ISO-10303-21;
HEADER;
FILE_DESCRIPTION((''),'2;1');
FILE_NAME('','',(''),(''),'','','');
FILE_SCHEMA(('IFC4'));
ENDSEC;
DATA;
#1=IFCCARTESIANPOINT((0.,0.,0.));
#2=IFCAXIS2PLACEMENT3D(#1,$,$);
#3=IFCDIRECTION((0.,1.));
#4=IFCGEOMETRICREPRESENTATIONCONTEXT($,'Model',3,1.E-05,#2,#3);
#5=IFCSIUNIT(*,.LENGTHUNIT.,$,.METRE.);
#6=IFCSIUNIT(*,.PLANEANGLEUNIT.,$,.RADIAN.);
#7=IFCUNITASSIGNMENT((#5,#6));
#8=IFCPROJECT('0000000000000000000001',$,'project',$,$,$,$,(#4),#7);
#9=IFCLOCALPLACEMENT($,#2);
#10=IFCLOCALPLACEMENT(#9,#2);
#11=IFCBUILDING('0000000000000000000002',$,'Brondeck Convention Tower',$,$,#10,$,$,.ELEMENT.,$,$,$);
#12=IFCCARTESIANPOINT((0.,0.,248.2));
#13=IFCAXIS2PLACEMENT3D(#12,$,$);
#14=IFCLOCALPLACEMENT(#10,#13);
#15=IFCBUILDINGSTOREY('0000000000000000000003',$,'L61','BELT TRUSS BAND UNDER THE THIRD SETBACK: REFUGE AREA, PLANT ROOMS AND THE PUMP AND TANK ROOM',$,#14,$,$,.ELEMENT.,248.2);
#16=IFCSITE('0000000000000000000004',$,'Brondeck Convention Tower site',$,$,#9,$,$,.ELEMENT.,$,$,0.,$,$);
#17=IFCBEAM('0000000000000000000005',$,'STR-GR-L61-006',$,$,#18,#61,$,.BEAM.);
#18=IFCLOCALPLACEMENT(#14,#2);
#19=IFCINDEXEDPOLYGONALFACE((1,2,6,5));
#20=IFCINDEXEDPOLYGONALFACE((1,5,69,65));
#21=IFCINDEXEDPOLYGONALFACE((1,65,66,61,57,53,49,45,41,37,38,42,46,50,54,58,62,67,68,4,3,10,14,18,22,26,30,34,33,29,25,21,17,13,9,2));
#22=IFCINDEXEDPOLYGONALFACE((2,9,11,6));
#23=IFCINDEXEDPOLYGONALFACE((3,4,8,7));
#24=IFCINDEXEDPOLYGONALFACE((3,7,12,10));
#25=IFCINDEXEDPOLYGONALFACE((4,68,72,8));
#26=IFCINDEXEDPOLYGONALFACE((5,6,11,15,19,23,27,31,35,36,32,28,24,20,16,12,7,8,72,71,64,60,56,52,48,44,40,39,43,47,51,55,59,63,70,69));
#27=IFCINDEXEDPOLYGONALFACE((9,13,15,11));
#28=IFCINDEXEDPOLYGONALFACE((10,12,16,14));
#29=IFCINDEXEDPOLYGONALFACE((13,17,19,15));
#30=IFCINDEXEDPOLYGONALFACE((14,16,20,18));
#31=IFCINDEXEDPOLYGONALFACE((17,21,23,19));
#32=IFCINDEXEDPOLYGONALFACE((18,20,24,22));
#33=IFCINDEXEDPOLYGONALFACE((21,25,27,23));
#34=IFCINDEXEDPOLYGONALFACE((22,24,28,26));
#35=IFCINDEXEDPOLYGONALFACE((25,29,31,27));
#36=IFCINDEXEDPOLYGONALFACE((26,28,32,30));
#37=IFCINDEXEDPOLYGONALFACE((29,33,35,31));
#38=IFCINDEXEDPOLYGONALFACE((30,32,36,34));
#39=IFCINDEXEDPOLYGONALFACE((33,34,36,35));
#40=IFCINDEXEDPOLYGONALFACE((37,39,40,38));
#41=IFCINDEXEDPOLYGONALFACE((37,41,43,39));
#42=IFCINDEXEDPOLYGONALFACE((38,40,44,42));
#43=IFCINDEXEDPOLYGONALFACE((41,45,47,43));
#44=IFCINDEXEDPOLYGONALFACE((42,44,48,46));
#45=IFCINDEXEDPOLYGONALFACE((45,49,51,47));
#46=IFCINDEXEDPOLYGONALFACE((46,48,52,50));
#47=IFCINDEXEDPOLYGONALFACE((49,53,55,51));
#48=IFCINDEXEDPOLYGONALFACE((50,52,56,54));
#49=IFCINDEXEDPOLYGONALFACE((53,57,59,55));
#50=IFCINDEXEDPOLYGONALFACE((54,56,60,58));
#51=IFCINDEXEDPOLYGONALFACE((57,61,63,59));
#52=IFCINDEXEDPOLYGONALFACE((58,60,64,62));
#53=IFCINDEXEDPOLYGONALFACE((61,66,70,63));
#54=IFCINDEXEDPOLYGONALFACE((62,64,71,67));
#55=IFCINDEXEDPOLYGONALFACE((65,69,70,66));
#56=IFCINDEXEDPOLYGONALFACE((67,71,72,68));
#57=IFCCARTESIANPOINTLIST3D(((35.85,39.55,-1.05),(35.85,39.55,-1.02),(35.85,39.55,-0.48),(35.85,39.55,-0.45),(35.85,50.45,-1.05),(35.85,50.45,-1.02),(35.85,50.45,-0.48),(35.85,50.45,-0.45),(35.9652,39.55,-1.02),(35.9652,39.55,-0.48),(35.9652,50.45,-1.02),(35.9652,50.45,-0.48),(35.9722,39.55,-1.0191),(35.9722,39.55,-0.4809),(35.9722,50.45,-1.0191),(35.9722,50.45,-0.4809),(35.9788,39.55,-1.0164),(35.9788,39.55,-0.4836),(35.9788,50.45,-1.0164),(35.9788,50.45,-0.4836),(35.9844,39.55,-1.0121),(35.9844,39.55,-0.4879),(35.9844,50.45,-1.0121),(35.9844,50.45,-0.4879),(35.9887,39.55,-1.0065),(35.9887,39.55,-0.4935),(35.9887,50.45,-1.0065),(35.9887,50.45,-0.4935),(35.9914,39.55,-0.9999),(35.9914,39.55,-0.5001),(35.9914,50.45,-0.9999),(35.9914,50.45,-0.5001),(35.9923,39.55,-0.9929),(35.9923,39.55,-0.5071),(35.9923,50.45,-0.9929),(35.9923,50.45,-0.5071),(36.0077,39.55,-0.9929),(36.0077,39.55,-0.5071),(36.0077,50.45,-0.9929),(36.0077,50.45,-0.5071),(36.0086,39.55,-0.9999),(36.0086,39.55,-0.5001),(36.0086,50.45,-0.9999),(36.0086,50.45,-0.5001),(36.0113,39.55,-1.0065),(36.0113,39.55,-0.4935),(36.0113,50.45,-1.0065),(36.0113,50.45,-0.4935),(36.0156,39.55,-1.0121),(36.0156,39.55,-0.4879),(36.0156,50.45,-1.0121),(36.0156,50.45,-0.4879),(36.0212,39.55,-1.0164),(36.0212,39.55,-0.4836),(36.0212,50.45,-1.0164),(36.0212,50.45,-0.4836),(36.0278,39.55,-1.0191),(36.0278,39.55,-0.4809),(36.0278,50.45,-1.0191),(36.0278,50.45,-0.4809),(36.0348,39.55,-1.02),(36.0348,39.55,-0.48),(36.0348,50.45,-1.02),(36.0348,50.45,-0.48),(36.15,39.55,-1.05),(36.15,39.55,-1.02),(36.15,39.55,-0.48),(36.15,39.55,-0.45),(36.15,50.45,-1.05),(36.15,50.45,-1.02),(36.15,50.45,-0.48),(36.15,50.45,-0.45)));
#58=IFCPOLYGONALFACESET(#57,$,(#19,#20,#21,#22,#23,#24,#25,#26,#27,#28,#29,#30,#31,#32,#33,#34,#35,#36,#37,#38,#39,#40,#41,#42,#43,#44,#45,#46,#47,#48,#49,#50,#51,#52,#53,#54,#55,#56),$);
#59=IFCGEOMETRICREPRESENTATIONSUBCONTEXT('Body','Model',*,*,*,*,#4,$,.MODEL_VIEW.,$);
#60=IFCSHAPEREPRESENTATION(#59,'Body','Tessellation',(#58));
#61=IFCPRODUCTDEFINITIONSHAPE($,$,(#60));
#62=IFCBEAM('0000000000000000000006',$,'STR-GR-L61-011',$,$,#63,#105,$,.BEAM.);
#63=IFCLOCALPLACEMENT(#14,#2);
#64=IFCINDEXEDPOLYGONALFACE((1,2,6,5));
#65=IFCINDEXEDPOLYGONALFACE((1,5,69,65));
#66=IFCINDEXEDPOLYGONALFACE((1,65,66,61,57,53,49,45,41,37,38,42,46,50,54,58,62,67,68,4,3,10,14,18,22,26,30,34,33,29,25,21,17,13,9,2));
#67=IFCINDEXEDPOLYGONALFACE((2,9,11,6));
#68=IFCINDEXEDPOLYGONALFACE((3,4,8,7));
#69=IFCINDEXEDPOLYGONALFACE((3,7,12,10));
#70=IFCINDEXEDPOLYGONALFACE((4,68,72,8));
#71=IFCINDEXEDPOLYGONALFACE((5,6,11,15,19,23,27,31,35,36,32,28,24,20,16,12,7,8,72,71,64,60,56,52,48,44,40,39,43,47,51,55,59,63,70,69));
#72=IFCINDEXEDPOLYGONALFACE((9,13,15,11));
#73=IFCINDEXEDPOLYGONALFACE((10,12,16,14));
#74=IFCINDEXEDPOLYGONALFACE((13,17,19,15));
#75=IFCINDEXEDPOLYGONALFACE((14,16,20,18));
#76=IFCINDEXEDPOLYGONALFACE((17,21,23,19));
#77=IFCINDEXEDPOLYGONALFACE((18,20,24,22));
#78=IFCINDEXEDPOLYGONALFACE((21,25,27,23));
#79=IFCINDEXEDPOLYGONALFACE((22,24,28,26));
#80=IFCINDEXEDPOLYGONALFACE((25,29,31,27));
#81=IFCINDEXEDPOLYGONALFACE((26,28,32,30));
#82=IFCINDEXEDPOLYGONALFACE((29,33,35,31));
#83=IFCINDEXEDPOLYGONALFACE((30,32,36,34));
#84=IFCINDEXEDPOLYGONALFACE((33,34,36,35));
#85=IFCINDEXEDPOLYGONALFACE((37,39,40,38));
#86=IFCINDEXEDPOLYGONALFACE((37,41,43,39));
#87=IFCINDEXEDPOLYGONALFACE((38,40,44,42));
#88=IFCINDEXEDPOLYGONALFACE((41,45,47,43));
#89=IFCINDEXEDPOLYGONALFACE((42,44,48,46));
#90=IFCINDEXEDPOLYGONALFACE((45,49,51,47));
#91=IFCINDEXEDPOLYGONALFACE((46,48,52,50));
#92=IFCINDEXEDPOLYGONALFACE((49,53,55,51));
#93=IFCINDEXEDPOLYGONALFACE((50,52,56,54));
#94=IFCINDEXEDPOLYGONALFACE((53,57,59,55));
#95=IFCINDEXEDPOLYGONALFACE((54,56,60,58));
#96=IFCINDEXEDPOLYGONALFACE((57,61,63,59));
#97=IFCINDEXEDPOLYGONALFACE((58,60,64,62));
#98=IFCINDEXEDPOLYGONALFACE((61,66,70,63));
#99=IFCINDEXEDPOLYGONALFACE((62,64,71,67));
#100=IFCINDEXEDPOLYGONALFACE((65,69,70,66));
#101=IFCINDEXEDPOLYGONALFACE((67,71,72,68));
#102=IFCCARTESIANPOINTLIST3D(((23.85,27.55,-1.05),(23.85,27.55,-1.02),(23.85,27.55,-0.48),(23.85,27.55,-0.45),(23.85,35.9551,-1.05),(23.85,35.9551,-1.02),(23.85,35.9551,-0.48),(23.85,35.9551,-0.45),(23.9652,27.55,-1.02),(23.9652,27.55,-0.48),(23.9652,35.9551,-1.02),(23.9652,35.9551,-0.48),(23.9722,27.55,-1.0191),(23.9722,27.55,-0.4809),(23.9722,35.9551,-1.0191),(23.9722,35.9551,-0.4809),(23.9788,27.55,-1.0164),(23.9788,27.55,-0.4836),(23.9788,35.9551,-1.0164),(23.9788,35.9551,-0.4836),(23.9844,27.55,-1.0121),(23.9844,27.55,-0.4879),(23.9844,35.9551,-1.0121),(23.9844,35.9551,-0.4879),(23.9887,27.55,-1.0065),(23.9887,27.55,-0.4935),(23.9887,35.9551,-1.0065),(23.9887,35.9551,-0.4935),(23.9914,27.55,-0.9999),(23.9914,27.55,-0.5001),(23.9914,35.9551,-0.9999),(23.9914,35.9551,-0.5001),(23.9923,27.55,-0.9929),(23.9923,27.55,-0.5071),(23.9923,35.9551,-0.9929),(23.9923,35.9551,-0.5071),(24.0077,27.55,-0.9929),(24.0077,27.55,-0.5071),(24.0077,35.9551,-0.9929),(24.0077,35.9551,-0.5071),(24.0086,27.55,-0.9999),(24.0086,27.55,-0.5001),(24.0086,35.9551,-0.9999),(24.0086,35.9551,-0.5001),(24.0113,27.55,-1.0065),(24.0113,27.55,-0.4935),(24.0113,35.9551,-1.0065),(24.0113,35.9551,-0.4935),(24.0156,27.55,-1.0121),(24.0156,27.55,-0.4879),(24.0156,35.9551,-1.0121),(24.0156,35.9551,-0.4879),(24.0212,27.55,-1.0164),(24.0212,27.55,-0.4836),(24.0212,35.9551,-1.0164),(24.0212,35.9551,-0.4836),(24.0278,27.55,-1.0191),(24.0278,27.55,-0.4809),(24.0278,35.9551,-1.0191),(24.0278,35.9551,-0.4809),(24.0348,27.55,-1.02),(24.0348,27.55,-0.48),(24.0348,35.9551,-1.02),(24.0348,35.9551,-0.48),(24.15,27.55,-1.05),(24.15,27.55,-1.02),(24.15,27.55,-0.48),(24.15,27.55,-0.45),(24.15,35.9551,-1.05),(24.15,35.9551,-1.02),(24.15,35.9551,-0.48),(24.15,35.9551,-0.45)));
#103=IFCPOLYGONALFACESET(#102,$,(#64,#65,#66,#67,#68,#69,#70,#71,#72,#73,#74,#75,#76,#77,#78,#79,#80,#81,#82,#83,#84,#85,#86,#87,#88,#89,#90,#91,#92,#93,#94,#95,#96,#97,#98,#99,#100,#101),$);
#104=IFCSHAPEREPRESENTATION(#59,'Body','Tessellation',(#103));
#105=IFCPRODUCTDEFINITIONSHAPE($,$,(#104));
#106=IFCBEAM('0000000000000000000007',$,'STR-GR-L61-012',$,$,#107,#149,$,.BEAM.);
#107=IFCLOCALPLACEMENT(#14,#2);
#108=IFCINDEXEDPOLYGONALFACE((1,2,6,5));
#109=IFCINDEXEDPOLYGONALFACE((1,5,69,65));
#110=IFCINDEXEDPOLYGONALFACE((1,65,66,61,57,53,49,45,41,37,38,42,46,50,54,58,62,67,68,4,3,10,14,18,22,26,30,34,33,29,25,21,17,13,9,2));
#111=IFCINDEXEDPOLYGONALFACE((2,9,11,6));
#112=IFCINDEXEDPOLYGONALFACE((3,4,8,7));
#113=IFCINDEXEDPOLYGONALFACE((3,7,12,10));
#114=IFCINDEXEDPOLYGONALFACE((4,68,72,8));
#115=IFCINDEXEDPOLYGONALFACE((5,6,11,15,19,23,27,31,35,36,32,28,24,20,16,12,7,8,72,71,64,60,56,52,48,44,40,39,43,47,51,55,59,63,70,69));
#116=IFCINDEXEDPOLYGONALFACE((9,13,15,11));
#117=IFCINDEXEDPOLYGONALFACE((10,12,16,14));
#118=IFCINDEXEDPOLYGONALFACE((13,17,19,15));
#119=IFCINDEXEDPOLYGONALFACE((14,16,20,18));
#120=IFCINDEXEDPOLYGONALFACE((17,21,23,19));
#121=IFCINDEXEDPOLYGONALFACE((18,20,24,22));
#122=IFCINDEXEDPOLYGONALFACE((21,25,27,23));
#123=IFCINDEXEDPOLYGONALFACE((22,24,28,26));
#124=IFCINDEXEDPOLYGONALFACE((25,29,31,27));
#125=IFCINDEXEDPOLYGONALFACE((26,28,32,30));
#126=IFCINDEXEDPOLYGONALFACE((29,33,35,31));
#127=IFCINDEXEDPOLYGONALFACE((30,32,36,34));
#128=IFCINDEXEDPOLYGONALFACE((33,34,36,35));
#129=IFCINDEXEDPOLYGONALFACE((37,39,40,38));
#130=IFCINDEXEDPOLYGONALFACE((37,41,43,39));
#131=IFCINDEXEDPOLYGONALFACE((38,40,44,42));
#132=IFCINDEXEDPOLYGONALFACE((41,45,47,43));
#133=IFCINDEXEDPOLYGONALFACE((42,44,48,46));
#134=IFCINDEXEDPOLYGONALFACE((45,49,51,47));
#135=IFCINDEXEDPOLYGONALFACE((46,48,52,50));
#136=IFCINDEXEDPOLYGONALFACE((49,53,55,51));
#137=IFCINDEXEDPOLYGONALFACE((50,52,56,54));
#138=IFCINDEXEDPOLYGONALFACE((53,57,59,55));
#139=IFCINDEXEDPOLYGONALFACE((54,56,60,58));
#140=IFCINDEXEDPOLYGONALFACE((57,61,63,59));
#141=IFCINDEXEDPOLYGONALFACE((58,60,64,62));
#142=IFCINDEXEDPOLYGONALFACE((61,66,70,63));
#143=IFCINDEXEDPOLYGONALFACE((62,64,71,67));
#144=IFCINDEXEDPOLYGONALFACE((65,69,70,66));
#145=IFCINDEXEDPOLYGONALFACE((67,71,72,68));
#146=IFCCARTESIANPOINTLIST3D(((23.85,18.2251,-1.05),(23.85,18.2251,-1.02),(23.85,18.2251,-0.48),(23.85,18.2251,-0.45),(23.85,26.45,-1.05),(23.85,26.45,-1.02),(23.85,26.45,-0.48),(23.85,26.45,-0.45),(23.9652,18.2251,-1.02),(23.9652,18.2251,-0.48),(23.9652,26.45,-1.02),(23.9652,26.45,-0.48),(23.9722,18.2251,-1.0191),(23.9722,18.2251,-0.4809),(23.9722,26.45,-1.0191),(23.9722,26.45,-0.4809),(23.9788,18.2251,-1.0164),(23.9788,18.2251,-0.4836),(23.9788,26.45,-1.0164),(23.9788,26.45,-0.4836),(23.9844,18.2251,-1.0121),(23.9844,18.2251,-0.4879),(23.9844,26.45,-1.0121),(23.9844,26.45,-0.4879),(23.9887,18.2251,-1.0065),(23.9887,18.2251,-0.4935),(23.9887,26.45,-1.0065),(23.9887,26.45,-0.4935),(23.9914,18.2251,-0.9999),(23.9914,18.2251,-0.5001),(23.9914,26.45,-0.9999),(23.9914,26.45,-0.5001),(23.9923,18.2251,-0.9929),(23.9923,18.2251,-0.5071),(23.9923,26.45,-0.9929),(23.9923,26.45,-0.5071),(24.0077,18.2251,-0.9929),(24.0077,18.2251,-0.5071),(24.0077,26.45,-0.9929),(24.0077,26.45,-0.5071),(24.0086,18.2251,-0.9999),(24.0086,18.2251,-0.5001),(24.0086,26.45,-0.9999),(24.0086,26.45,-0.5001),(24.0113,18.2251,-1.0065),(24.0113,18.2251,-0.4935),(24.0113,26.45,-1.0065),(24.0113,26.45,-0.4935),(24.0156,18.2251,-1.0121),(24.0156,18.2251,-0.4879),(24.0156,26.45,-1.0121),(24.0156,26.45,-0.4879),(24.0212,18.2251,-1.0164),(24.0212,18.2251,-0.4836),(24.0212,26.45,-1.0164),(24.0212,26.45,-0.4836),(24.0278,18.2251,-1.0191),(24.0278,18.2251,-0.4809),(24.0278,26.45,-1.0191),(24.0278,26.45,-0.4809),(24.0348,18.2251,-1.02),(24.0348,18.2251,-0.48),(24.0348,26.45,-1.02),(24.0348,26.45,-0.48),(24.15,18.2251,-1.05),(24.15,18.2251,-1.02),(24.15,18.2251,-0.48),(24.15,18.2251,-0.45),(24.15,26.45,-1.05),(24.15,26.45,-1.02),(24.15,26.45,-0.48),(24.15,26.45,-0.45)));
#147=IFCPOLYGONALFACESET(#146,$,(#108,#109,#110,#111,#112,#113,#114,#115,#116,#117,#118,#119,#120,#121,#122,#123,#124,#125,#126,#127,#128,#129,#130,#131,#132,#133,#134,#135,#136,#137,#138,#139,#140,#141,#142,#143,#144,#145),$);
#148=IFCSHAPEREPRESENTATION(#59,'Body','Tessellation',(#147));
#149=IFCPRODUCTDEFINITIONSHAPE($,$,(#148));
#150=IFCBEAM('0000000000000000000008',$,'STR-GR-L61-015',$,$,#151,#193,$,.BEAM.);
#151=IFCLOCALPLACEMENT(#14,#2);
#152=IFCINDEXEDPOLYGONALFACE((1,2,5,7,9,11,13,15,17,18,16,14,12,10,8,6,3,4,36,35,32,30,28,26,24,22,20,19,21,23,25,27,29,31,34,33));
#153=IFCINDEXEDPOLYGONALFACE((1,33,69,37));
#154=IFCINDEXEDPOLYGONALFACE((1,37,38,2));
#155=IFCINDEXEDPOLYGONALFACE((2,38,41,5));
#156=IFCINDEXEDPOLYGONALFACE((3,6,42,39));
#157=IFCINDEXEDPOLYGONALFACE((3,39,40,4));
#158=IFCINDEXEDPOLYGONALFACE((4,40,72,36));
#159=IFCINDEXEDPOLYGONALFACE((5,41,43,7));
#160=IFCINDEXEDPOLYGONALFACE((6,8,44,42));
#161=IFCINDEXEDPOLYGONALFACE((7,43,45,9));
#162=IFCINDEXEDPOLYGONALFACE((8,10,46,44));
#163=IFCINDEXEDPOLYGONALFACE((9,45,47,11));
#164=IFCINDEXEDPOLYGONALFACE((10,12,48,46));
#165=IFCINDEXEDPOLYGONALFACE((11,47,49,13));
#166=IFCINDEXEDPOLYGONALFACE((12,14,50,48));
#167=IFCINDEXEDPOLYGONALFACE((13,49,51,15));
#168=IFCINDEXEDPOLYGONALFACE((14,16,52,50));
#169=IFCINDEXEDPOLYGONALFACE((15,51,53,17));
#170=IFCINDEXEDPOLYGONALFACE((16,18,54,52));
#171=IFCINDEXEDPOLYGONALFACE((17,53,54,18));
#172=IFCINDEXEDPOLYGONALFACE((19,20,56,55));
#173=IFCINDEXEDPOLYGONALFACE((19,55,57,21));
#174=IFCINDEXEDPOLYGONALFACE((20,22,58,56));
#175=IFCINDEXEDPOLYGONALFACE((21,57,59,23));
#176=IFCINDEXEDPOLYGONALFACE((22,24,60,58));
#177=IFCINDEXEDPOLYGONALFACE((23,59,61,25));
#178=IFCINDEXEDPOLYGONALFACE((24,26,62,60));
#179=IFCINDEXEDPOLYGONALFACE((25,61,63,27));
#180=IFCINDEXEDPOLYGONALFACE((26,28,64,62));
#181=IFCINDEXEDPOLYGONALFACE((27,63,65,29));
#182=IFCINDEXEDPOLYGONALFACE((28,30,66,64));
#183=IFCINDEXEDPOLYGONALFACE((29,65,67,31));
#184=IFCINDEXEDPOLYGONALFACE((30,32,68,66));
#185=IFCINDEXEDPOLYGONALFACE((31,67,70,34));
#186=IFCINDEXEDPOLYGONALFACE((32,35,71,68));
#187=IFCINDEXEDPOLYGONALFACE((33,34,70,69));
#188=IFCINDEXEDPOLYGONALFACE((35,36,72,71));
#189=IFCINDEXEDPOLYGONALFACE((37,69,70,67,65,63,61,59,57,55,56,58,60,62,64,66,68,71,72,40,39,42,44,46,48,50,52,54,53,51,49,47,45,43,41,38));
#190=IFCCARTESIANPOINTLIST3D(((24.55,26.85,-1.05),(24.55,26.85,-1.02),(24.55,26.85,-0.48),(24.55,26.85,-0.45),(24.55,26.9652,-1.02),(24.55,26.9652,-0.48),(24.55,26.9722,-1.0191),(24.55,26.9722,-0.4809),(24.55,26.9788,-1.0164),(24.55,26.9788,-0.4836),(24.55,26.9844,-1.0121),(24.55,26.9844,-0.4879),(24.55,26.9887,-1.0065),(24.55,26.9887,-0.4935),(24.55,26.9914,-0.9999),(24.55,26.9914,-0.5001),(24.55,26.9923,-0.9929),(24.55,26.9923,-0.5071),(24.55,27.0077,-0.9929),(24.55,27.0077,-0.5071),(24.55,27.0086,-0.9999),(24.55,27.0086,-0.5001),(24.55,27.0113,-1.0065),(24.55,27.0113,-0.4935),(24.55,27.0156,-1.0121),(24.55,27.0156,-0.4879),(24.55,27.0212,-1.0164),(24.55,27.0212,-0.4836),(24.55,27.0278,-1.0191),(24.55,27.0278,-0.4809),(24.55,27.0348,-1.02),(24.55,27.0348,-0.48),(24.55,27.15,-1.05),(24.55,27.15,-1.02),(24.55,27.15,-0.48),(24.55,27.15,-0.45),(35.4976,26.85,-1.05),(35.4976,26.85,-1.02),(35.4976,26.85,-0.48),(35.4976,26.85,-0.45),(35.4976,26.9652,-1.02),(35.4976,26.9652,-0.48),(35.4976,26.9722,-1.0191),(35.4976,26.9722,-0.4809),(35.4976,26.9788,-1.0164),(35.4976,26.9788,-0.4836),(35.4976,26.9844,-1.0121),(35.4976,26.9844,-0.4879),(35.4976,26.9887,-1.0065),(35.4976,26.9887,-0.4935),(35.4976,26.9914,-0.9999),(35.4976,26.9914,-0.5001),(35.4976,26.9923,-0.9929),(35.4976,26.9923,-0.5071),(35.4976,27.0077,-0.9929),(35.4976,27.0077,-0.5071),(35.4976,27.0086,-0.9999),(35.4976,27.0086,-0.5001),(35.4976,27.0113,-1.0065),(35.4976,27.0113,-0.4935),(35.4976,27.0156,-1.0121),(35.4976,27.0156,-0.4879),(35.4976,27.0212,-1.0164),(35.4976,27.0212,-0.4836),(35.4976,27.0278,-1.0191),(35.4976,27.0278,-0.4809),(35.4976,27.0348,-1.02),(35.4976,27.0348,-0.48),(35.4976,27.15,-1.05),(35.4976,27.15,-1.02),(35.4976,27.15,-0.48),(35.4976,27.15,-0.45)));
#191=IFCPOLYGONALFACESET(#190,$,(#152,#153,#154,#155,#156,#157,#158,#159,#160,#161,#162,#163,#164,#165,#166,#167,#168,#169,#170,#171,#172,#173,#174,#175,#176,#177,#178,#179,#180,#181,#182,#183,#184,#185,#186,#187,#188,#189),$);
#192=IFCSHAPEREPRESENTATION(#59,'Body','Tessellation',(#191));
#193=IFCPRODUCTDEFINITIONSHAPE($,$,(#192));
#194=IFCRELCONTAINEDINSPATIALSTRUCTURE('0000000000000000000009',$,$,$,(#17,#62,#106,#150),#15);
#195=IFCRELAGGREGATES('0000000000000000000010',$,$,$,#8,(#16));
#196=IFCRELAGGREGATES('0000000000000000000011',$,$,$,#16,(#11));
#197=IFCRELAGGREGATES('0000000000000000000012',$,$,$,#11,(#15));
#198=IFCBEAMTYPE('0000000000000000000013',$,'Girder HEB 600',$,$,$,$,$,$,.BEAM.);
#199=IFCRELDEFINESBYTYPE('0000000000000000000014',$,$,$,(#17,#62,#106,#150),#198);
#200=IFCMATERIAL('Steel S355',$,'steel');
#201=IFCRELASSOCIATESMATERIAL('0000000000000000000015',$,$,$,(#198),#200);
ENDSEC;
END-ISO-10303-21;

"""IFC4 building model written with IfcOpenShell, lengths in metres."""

from ifc_helpers import new_model, si_unit, direction, frame, origin, origin_2d, place, context, subcontext, project, spatial, i_section, extrude, material, material_profile, profile_set, type_object, element, save


model = new_model("IFC4")

# Units and contexts
model_context = context("Model", 3, precision=1e-05, world=origin(), true_north=direction((0.0, 1.0)))
body_context = subcontext(model_context, "Body", "Model", "MODEL_VIEW")
ifc_project = project(units=[si_unit("LENGTHUNIT", "METRE"), si_unit("PLANEANGLEUNIT", "RADIAN")], contexts=[model_context])

# Site, building, storey
site_placement = place(None, origin())
site = spatial("IfcSite", under=ifc_project, at=site_placement, Name="Brondeck Convention Tower site", CompositionType="ELEMENT", RefElevation=0.0)
building_placement = place(site_placement, origin())
building = spatial("IfcBuilding", under=site, at=building_placement, Name="Brondeck Convention Tower", CompositionType="ELEMENT")
storey_placement = place(building_placement, frame((0.0, 0.0, 248.2)))
storey = spatial("IfcBuildingStorey", under=building, at=storey_placement, Name="L61", Description="BELT TRUSS BAND UNDER THE THIRD SETBACK: REFUGE AREA, PLANT ROOMS AND THE PUMP AND TANK ROOM", CompositionType="ELEMENT", Elevation=248.2)

# Beams
ifc_material_1 = material(Name="Steel S355", Category="steel")
ifc_material_profile_1 = material_profile(ifc_material_1, i_section(OverallWidth=0.3, OverallDepth=0.6001, WebThickness=0.0154, FlangeThickness=0.03, FilletRadius=0.0271, at=origin_2d()), Name="HEB 600")
ifc_profile_set_1 = profile_set([ifc_material_profile_1], Name="Steel S355")
beam_type = type_object("IfcBeamType", Name="Girder HEB 600", PredefinedType="BEAM", material=ifc_profile_set_1)
beam_1_placement = place(storey_placement, frame((36.0, 39.55, -0.75), z_axis=(0.0, 1.0, 0.0), x_axis=(-1.0, 0.0, 0.0)))
element("IfcBeam", 1, at=beam_1_placement, inside=storey, type_object=beam_type, Name="STR-GR-L61-006", PredefinedType="BEAM", context=body_context, shape_type="SweptSolid", body=[
    extrude(i_section(OverallWidth=0.3, OverallDepth=0.6001, WebThickness=0.0154, FlangeThickness=0.03, FilletRadius=0.0271, at=origin_2d()), origin(), (0.0, 0.0, 1.0), 10.8999),
])
beam_2_placement = place(storey_placement, frame((24.0, 35.9551, -0.75), z_axis=(0.0, -1.0, 0.0), x_axis=(1.0, 0.0, 0.0)))
element("IfcBeam", 2, at=beam_2_placement, inside=storey, type_object=beam_type, Name="STR-GR-L61-011", PredefinedType="BEAM", context=body_context, shape_type="SweptSolid", body=[
    extrude(i_section(OverallWidth=0.3, OverallDepth=0.6001, WebThickness=0.0154, FlangeThickness=0.03, FilletRadius=0.0271, at=origin_2d()), origin(), (0.0, 0.0, 1.0), 8.405),
])
beam_3_placement = place(storey_placement, frame((24.0, 26.45, -0.75), z_axis=(0.0, -1.0, 0.0), x_axis=(1.0, 0.0, 0.0)))
element("IfcBeam", 3, at=beam_3_placement, inside=storey, type_object=beam_type, Name="STR-GR-L61-012", PredefinedType="BEAM", context=body_context, shape_type="SweptSolid", body=[
    extrude(i_section(OverallWidth=0.3, OverallDepth=0.6001, WebThickness=0.0154, FlangeThickness=0.03, FilletRadius=0.0271, at=origin_2d()), origin(), (0.0, 0.0, 1.0), 8.2249),
])
beam_4_placement = place(storey_placement, frame((24.55, 27.0, -0.75), z_axis=(1.0, 0.0, 0.0), x_axis=(0.0, 1.0, 0.0)))
element("IfcBeam", 4, at=beam_4_placement, inside=storey, type_object=beam_type, Name="STR-GR-L61-015", PredefinedType="BEAM", context=body_context, shape_type="SweptSolid", body=[
    extrude(i_section(OverallWidth=0.3, OverallDepth=0.6001, WebThickness=0.0154, FlangeThickness=0.03, FilletRadius=0.0271, at=origin_2d()), origin(), (0.0, 0.0, 1.0), 10.9475),
])

save(model, "model.ifc")
